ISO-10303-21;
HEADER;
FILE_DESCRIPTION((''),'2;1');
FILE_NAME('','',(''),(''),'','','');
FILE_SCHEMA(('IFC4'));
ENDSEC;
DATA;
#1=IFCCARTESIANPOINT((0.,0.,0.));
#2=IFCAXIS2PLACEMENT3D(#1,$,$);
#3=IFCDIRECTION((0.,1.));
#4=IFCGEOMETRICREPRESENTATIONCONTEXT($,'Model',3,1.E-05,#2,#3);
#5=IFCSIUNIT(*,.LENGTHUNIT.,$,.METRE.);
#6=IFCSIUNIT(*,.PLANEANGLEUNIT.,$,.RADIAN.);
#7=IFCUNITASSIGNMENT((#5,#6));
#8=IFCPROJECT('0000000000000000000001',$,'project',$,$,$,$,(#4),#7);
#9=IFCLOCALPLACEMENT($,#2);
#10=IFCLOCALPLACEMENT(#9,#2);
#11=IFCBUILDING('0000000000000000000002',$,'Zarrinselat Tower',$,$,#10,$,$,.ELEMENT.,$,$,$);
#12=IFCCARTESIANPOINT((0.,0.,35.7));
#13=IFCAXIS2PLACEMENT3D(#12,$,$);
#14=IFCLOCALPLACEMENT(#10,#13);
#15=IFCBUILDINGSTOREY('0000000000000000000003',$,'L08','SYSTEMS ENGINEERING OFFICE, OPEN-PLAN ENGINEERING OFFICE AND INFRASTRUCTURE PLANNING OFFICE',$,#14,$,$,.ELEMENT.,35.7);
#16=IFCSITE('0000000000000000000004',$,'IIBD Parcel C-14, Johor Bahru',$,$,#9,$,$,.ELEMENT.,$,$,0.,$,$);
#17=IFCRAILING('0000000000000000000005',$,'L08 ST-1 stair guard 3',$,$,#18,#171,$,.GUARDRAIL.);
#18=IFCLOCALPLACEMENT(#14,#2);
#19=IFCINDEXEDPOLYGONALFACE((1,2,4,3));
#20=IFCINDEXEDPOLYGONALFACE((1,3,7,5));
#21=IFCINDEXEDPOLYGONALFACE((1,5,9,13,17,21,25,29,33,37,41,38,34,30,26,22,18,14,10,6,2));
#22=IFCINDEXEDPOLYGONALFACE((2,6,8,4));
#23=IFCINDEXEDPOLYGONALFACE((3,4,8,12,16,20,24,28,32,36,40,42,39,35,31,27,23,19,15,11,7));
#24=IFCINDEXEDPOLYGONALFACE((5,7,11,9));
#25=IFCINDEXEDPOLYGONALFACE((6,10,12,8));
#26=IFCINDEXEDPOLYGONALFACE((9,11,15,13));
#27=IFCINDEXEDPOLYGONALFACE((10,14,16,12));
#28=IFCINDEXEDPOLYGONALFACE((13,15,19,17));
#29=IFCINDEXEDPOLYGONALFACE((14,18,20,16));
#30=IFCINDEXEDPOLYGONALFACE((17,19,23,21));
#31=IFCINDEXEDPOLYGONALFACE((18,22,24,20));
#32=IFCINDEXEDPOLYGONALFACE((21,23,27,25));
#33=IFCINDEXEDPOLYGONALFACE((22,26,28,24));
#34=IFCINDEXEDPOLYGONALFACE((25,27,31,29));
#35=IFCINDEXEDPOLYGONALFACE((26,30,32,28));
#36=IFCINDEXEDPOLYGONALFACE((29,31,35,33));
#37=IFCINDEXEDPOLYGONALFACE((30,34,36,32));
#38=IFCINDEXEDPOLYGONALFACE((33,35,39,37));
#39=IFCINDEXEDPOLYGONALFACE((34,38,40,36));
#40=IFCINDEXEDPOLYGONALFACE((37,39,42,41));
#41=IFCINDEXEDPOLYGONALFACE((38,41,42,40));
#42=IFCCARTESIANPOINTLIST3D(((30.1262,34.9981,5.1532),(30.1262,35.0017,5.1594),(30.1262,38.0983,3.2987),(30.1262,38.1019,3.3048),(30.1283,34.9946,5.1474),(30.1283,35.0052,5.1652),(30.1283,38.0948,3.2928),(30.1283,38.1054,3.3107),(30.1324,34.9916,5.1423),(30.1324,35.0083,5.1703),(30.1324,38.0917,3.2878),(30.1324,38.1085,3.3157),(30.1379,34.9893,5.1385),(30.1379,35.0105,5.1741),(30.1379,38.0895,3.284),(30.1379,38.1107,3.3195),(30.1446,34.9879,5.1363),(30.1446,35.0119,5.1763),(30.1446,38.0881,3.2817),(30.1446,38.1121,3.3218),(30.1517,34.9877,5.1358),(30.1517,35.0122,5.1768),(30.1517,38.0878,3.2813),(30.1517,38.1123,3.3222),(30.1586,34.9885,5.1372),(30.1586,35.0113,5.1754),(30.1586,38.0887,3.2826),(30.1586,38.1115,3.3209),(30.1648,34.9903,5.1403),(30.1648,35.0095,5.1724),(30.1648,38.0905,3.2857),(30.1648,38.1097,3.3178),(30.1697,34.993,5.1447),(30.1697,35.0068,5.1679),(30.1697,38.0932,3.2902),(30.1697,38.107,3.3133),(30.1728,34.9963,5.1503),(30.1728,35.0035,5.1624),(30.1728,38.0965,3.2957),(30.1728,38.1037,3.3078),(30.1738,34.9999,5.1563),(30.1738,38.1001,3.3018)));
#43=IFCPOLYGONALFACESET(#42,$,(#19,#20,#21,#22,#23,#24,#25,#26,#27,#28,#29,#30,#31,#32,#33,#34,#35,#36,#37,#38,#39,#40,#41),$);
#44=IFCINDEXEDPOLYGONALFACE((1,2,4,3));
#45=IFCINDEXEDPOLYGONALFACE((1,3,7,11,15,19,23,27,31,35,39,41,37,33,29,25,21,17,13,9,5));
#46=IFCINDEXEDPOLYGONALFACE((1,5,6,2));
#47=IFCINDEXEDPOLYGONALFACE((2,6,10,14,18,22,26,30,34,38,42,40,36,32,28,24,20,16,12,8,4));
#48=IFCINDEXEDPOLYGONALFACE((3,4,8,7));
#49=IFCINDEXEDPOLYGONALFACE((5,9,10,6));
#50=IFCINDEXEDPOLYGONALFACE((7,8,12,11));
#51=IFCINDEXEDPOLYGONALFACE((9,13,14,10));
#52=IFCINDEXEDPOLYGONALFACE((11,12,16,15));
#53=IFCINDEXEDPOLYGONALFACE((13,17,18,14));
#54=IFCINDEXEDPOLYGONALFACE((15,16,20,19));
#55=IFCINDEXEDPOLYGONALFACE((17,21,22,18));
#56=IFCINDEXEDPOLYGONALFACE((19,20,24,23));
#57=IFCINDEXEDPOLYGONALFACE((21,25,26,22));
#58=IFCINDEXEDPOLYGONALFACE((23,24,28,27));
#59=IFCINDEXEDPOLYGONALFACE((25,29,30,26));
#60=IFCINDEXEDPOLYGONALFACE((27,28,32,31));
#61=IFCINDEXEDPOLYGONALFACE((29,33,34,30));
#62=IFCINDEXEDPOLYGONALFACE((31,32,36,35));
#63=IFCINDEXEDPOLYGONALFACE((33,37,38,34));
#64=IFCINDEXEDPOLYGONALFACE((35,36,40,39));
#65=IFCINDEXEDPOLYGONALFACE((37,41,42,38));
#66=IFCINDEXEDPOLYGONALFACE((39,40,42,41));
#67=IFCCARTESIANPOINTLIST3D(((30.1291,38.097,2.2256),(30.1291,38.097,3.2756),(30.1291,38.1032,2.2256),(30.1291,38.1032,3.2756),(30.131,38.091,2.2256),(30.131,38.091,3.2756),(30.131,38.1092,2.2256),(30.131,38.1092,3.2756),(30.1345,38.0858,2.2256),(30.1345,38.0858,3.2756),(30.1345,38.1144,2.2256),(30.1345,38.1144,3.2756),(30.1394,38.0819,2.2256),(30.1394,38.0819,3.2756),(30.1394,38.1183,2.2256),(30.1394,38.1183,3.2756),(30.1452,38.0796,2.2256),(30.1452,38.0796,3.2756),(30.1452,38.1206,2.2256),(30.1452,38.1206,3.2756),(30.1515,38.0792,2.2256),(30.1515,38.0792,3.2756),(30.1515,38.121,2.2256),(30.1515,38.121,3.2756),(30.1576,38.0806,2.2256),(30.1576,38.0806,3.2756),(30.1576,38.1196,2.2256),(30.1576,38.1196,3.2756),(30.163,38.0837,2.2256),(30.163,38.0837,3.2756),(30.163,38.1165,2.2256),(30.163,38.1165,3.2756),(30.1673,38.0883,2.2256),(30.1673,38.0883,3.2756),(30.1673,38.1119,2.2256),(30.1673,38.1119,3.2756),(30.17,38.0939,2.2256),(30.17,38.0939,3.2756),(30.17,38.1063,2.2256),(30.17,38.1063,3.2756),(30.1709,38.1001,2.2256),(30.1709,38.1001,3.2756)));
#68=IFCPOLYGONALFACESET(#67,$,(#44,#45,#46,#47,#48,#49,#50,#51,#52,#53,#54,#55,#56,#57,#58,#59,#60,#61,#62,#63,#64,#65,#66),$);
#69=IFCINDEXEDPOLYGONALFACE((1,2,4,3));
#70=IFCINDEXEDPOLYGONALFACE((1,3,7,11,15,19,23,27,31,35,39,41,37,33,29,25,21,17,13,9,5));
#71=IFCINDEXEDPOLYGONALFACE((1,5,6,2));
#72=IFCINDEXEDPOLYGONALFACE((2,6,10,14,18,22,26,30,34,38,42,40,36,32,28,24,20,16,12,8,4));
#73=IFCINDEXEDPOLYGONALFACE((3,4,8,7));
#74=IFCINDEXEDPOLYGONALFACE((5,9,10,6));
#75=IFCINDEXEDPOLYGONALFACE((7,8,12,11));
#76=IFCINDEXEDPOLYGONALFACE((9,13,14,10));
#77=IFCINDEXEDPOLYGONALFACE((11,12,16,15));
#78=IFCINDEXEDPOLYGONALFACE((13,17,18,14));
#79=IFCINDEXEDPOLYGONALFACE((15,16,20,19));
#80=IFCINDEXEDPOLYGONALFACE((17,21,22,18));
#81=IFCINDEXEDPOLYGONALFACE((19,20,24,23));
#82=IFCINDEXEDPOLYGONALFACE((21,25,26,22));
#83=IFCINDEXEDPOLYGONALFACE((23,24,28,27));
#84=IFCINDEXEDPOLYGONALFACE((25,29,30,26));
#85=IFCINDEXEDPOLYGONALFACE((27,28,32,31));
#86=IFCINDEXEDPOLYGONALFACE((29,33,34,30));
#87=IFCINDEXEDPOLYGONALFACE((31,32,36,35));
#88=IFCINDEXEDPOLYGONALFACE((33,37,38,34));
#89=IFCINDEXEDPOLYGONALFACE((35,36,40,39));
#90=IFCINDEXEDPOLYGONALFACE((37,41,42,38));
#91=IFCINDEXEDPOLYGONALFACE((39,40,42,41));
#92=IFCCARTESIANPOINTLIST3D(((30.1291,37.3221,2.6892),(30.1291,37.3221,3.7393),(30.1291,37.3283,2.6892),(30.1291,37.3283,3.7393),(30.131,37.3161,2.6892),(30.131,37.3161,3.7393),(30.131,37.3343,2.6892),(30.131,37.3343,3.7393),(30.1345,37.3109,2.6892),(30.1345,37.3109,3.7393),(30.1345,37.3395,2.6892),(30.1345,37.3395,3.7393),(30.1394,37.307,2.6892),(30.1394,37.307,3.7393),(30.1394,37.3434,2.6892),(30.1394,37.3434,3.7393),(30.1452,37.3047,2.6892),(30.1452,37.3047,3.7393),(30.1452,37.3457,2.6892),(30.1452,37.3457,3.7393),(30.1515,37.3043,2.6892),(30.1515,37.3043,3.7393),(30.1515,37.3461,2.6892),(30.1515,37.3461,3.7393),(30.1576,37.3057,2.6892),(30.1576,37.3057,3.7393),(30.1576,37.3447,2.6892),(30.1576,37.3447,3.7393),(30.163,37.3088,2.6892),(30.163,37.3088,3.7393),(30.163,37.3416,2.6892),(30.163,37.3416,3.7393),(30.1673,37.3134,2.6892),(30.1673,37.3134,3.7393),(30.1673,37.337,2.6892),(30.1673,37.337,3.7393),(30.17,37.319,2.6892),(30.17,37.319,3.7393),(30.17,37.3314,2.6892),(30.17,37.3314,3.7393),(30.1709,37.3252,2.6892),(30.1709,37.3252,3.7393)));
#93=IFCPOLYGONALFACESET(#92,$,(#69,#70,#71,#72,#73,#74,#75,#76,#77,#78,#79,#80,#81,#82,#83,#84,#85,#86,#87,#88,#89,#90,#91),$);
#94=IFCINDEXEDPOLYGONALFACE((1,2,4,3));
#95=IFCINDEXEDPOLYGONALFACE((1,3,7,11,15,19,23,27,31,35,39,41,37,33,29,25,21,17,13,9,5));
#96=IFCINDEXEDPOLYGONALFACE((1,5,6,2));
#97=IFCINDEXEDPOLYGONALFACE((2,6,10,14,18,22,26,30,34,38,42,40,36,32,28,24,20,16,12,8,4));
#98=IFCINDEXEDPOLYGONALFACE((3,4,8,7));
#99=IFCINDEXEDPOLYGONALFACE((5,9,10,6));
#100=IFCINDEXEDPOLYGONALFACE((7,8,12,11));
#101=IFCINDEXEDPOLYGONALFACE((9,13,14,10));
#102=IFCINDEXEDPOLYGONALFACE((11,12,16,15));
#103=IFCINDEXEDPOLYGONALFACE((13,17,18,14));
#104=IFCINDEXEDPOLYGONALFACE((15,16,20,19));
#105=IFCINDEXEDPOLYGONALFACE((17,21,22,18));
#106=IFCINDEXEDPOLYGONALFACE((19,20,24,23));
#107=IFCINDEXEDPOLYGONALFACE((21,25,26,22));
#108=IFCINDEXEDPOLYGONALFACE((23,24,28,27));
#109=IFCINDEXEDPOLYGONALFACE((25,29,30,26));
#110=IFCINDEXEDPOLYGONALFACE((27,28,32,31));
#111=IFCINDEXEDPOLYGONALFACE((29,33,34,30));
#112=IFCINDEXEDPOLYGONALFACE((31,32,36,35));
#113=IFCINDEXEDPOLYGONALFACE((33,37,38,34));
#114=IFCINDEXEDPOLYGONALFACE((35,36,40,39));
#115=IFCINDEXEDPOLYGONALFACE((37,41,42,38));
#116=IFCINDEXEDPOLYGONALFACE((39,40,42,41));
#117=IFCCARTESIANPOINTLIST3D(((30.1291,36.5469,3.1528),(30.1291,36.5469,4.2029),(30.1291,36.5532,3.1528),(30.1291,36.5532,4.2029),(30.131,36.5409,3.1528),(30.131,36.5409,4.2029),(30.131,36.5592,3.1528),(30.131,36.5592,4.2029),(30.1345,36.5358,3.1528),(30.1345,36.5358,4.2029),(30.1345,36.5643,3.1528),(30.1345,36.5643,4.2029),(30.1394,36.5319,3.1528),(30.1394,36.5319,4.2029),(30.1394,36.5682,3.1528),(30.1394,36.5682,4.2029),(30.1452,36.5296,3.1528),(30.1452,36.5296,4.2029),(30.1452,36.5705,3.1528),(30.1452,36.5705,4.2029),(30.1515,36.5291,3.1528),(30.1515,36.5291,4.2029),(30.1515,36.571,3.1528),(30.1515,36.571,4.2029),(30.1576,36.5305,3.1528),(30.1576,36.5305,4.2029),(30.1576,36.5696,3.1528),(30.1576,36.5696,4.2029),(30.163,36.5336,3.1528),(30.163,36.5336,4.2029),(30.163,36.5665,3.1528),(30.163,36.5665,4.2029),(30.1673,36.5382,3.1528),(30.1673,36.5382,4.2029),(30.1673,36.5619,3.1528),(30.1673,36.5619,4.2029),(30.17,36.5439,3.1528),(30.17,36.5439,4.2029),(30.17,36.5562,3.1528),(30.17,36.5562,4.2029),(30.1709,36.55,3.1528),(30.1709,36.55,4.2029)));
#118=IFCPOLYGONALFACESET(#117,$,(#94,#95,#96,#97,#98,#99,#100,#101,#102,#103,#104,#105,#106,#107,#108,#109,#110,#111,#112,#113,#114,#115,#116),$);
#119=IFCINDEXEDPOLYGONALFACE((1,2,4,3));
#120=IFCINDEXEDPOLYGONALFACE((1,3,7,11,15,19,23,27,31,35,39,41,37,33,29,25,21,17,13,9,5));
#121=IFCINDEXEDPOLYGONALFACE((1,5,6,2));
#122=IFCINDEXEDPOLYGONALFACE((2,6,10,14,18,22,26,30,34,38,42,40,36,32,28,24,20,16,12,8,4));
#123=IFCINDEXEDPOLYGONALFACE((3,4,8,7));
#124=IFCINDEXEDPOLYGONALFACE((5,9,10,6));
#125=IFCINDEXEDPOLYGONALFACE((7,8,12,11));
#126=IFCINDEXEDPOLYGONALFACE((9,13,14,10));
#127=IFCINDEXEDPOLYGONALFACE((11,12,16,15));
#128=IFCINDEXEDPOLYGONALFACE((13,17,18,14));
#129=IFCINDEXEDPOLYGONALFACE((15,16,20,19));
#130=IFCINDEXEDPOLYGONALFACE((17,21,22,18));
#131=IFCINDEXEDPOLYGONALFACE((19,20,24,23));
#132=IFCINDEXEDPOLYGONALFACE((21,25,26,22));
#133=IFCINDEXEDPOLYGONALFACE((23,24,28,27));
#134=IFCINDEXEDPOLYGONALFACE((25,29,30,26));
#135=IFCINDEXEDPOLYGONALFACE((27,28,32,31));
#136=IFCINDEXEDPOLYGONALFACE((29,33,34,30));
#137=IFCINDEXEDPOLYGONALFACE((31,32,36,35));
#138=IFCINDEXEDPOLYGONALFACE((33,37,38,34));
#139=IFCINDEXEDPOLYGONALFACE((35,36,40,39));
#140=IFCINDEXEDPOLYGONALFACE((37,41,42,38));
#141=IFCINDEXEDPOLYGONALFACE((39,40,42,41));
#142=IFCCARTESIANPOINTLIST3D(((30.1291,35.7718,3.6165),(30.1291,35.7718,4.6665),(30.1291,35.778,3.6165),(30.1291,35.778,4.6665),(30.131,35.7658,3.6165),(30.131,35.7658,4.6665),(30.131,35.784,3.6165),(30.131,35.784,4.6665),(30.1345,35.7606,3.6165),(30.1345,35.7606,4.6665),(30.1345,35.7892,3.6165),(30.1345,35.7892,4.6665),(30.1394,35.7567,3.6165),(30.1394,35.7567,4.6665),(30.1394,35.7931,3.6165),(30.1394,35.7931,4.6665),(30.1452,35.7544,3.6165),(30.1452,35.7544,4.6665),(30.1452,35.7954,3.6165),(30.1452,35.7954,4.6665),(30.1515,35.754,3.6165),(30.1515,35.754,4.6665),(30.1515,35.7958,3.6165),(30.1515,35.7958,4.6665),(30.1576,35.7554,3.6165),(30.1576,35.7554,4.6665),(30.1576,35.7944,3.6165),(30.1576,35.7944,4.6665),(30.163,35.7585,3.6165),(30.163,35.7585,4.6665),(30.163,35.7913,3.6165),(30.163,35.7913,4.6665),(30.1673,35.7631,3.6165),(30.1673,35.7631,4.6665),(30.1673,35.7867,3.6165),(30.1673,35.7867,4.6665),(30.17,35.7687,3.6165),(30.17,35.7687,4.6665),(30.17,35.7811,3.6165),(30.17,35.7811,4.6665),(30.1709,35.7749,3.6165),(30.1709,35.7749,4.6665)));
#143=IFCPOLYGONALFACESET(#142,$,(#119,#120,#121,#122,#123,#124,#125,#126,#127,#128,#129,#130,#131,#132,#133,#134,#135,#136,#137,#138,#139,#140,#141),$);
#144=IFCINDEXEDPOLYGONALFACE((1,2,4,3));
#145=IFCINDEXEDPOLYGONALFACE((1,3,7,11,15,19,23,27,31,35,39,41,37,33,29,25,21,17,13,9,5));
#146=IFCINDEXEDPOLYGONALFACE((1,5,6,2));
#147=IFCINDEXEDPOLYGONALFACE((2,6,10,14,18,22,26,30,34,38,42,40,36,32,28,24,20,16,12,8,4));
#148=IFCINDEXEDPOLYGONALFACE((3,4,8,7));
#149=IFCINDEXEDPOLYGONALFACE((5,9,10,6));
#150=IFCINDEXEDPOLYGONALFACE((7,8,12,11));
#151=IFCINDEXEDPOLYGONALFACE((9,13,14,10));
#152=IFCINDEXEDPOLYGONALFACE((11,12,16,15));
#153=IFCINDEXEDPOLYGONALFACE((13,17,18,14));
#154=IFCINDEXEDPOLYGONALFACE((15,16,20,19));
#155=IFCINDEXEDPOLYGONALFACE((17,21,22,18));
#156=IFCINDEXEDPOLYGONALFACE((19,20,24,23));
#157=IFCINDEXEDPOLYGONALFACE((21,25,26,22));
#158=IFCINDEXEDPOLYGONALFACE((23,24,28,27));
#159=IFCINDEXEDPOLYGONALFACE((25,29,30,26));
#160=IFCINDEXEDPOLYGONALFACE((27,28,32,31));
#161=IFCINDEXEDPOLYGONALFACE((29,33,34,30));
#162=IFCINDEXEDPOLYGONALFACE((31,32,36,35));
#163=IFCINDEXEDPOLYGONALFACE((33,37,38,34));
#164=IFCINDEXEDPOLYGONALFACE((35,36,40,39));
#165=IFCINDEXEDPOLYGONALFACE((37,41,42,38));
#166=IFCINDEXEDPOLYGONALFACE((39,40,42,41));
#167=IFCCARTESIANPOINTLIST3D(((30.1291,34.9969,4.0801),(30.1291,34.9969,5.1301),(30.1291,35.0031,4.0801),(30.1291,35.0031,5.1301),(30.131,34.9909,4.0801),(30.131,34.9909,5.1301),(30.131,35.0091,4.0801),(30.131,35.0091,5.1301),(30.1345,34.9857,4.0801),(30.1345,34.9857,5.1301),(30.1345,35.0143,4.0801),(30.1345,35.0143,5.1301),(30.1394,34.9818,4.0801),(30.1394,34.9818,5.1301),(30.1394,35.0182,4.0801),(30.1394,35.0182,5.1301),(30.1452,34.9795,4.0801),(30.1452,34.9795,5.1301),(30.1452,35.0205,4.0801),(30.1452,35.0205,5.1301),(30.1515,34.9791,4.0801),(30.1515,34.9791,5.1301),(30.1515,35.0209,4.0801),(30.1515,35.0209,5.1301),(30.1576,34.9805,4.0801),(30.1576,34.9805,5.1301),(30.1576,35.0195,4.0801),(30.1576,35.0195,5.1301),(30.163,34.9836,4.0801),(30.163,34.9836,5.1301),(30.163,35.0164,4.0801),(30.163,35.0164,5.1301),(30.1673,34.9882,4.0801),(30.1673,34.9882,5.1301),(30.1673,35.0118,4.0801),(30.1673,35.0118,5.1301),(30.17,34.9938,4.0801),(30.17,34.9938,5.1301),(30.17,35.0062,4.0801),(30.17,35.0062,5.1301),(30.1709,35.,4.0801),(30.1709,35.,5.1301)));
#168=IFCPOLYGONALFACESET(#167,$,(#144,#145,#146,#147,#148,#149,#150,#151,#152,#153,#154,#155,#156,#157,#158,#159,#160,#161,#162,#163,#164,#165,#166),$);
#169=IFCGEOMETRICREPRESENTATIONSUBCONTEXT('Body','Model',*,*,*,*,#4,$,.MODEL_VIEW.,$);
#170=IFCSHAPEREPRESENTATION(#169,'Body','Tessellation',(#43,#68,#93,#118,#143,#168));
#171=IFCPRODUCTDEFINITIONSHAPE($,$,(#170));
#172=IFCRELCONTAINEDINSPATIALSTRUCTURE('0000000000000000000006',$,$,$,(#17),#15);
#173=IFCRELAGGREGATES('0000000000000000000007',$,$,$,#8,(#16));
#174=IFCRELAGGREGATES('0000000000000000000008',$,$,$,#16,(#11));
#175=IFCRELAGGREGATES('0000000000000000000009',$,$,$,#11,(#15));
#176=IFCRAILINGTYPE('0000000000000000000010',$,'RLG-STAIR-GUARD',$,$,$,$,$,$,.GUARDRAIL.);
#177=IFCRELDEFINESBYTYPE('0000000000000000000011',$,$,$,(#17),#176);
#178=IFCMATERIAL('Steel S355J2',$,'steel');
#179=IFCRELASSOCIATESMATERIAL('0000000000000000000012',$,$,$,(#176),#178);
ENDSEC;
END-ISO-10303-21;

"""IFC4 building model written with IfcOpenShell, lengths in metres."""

from ifc_helpers import new_model, si_unit, direction, frame, origin, origin_2d, place, context, subcontext, project, spatial, circle, extrude, material, type_object, element, save


model = new_model("IFC4")

# Units and contexts
model_context = context("Model", 3, precision=1e-05, world=origin(), true_north=direction((0.0, 1.0)))
body_context = subcontext(model_context, "Body", "Model", "MODEL_VIEW")
ifc_project = project(units=[si_unit("LENGTHUNIT", "METRE"), si_unit("PLANEANGLEUNIT", "RADIAN")], contexts=[model_context])

# Site, building, storey
site_placement = place(None, origin())
site = spatial("IfcSite", under=ifc_project, at=site_placement, Name="IIBD Parcel C-14, Johor Bahru", CompositionType="ELEMENT", RefElevation=0.0)
building_placement = place(site_placement, origin())
building = spatial("IfcBuilding", under=site, at=building_placement, Name="Zarrinselat Tower", CompositionType="ELEMENT")
storey_placement = place(building_placement, frame((0.0, 0.0, 35.7)))
storey = spatial("IfcBuildingStorey", under=building, at=storey_placement, Name="L08", Description="SYSTEMS ENGINEERING OFFICE, OPEN-PLAN ENGINEERING OFFICE AND INFRASTRUCTURE PLANNING OFFICE", CompositionType="ELEMENT", Elevation=35.7)

# Railing
ifc_material_1 = material(Name="Steel S355J2", Category="steel")
railing_type_1 = type_object("IfcRailingType", Name="RLG-STAIR-GUARD", PredefinedType="GUARDRAIL", material=ifc_material_1)
railing_1_placement = place(storey_placement, frame((30.1499, 38.1001, 2.2256)))
element("IfcRailing", 1, at=railing_1_placement, inside=storey, type_object=railing_type_1, Name="L08 ST-1 stair guard 3", PredefinedType="GUARDRAIL", context=body_context, shape_type="SweptSolid", body=[
    extrude(circle(Radius=0.0239, at=origin_2d()), frame((0.0, 0.0, 1.0762), z_axis=(0.0, -0.858172, 0.513362), x_axis=(1.0, 0.0, 0.0)), (0.0, 0.0, 1.0), 3.6125),
    extrude(circle(Radius=0.021, at=origin_2d()), origin(), (0.0, 0.0, 1.0), 1.05),
    extrude(circle(Radius=0.021, at=origin_2d()), frame((0.0, -0.7749, 0.4636)), (0.0, 0.0, 1.0), 1.05),
    extrude(circle(Radius=0.021, at=origin_2d()), frame((0.0, -1.55, 0.9272)), (0.0, 0.0, 1.0), 1.05),
    extrude(circle(Radius=0.021, at=origin_2d()), frame((0.0, -2.3252, 1.3909)), (0.0, 0.0, 1.0), 1.05),
    extrude(circle(Radius=0.021, at=origin_2d()), frame((0.0, -3.1001, 1.8545)), (0.0, 0.0, 1.0), 1.05),
])

save(model, "model.ifc")
